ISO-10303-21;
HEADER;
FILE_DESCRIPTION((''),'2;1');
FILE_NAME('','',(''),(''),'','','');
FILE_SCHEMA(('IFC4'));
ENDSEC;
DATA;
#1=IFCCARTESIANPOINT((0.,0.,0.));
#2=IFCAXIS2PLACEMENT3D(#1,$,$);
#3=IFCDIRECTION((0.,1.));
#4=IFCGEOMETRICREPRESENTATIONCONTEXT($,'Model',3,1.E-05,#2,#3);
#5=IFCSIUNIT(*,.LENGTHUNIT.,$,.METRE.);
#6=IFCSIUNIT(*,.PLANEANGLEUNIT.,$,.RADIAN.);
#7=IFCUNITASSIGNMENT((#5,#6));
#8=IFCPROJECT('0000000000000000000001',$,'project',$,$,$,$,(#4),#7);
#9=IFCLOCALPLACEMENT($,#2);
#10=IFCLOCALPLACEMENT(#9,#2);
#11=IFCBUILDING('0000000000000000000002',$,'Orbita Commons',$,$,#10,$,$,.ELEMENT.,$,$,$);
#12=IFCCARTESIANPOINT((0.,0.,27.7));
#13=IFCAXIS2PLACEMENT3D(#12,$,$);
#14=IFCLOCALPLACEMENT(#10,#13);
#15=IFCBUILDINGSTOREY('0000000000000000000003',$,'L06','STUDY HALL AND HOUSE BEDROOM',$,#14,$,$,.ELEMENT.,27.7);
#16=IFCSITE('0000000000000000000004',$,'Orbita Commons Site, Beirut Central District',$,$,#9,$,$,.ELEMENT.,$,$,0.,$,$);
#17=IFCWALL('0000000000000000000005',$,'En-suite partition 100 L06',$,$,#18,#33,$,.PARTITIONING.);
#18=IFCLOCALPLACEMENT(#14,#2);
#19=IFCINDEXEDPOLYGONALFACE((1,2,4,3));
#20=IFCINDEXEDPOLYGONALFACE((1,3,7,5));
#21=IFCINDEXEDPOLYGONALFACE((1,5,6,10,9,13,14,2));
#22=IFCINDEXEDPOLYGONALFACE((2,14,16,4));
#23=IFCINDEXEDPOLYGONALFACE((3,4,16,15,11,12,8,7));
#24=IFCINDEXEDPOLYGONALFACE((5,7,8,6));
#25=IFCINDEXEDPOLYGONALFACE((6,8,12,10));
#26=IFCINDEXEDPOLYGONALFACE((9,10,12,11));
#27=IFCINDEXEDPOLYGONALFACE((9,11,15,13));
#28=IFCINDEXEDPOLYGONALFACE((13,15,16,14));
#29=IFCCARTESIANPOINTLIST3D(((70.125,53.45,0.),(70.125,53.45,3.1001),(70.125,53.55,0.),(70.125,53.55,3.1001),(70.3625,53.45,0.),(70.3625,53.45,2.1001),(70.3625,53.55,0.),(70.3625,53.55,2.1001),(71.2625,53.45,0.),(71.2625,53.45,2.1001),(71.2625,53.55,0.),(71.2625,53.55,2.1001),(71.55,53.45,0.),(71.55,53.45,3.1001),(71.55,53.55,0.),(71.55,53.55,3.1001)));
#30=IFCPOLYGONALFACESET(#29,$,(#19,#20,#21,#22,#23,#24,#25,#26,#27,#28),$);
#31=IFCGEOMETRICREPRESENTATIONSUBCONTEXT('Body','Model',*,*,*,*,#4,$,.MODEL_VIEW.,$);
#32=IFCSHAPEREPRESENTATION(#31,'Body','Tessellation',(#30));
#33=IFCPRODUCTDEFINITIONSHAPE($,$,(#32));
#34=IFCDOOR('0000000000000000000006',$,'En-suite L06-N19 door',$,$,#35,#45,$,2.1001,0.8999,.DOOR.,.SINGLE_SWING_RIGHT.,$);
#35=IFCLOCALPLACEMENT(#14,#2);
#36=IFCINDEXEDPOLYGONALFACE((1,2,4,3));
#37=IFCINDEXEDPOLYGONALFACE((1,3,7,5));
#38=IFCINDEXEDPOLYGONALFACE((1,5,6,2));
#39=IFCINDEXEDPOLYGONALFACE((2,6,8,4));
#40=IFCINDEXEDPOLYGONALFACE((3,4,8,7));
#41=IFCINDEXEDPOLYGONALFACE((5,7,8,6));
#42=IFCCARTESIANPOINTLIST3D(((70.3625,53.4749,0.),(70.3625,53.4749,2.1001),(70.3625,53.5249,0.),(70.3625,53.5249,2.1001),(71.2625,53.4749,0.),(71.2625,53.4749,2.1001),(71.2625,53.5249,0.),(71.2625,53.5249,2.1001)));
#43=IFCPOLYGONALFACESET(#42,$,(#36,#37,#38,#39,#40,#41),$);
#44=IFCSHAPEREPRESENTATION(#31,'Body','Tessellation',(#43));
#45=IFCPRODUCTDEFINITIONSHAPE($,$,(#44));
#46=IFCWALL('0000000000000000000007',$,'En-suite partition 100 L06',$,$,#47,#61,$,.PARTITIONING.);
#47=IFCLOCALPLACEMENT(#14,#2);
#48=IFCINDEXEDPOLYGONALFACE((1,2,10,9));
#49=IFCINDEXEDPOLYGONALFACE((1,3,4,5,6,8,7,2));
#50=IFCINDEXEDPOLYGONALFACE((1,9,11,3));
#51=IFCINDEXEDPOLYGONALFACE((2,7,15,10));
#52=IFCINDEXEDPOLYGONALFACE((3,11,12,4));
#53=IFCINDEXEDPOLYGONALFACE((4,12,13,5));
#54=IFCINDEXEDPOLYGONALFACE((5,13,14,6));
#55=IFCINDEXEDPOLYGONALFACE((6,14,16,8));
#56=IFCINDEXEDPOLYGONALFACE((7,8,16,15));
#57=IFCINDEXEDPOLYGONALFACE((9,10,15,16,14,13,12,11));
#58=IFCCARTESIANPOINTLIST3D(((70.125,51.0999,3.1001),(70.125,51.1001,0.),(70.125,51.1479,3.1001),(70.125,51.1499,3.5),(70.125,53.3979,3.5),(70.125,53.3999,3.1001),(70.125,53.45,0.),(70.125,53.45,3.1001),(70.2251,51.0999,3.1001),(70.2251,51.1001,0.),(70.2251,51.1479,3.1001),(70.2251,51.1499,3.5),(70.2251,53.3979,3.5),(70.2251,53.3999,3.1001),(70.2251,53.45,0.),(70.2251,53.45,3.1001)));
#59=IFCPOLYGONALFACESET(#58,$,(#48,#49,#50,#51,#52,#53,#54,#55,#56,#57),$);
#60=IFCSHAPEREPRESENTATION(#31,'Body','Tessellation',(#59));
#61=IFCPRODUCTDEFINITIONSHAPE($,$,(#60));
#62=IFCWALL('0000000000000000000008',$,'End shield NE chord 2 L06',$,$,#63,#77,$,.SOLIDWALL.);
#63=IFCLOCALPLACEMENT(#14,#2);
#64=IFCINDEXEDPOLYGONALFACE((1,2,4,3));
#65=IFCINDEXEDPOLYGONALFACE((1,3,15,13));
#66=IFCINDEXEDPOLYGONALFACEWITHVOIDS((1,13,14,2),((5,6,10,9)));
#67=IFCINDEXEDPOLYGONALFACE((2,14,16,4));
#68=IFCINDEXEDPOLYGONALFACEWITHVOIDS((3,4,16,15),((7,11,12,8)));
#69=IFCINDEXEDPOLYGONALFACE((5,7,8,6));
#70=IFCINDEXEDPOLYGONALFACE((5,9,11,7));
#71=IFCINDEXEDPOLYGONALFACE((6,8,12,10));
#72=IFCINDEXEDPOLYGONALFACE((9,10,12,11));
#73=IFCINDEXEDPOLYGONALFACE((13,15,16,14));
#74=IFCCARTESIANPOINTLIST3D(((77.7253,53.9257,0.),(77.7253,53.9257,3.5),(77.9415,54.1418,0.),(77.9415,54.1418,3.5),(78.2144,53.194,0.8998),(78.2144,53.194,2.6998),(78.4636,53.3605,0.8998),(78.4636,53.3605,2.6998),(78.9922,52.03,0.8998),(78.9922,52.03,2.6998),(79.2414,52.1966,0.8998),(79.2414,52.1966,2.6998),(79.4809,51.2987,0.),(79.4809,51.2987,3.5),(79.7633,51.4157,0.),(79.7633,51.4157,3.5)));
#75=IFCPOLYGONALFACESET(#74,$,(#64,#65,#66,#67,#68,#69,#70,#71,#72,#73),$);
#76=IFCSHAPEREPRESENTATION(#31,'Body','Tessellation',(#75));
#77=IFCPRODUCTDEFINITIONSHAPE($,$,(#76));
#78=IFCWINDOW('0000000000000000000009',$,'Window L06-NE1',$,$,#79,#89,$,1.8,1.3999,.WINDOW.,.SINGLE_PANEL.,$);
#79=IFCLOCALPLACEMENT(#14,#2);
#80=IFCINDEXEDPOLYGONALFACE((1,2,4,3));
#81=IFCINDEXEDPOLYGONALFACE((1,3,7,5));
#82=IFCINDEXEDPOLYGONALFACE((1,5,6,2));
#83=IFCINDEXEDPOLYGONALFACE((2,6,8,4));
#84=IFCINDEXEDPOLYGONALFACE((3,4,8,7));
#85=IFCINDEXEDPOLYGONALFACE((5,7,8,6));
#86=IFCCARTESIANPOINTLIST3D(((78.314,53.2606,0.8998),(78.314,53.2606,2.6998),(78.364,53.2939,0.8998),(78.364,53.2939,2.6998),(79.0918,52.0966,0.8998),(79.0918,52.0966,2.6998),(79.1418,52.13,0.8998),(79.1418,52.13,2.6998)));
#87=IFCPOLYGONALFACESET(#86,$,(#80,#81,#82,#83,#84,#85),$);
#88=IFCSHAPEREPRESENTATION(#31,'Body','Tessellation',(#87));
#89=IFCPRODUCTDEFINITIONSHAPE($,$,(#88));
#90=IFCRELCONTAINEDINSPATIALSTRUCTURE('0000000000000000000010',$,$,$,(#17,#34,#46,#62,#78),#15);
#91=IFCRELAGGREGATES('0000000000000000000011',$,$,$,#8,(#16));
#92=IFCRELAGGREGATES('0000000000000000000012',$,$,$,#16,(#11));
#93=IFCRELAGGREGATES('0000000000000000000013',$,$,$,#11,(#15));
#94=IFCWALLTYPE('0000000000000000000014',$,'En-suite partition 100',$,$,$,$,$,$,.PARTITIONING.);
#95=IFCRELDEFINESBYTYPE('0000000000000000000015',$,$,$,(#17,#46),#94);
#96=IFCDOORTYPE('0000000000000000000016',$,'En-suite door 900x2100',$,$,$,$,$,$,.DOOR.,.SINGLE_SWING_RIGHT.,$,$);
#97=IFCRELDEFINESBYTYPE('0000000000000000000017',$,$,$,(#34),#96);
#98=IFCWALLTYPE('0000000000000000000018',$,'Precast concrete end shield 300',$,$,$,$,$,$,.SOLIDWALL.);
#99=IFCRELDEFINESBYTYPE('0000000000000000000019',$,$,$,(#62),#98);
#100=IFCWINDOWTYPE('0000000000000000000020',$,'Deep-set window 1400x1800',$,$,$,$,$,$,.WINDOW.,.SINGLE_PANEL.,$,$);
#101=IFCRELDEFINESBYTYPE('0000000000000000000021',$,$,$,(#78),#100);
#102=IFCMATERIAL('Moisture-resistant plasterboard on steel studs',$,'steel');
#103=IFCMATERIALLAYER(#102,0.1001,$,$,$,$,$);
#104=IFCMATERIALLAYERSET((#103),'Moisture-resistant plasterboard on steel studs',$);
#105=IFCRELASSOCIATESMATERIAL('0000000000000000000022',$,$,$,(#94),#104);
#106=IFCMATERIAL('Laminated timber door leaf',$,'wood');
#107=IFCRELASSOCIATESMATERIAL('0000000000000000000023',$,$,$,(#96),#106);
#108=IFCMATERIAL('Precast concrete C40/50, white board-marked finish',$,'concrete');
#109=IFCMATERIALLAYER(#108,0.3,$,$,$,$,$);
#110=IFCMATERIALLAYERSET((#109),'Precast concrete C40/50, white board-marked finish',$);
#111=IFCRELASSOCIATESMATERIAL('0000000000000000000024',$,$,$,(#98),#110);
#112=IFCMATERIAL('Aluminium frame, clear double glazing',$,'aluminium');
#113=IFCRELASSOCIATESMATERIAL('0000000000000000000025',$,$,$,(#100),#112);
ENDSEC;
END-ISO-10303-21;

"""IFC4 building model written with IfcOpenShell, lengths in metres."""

from ifc_helpers import new_model, si_unit, direction, frame, frame_2d, origin, place, context, subcontext, project, spatial, polyline, rectangle, outline, extrude, material, layer, layer_set, type_object, element, fill, save


model = new_model("IFC4")

# Units and contexts
model_context = context("Model", 3, precision=1e-05, world=origin(), true_north=direction((0.0, 1.0)))
body_context = subcontext(model_context, "Body", "Model", "MODEL_VIEW")
ifc_project = project(units=[si_unit("LENGTHUNIT", "METRE"), si_unit("PLANEANGLEUNIT", "RADIAN")], contexts=[model_context])

# Site, building, storey
site_placement = place(None, origin())
site = spatial("IfcSite", under=ifc_project, at=site_placement, Name="Orbita Commons Site, Beirut Central District", CompositionType="ELEMENT", RefElevation=0.0)
building_placement = place(site_placement, origin())
building = spatial("IfcBuilding", under=site, at=building_placement, Name="Orbita Commons", CompositionType="ELEMENT")
storey_placement = place(building_placement, frame((0.0, 0.0, 27.7)))
storey = spatial("IfcBuildingStorey", under=building, at=storey_placement, Name="L06", Description="STUDY HALL AND HOUSE BEDROOM", CompositionType="ELEMENT", Elevation=27.7)

# Shared definitions
ifc_material_1 = material(Name="Moisture-resistant plasterboard on steel studs", Category="steel")
ifc_layer_1 = layer(ifc_material_1, 0.1001)
ifc_layer_set_1 = layer_set([ifc_layer_1], Name="Moisture-resistant plasterboard on steel studs")
wall_type_1 = type_object("IfcWallType", Name="En-suite partition 100", PredefinedType="PARTITIONING", material=ifc_layer_set_1)
ifc_material_2 = material(Name="Laminated timber door leaf", Category="wood")
door_type_1 = type_object("IfcDoorType", Name="En-suite door 900x2100", OperationType="SINGLE_SWING_RIGHT", PredefinedType="DOOR", material=ifc_material_2)

# Wall, opening, door
wall_1_placement = place(storey_placement, frame((70.125, 53.5, 0.0), z_axis=(0.0, 0.0, 1.0), x_axis=(1.0, 0.0, 0.0)))
wall_1 = element("IfcWall", 1, at=wall_1_placement, inside=storey, type_object=wall_type_1, Name="En-suite partition 100 L06", PredefinedType="PARTITIONING", context=body_context, shape_type="SweptSolid", body=[
    extrude(outline(polyline([(0.0, 0.0), (1.425, 0.0), (1.425, 3.1001), (0.0, 3.1001), (0.0, 0.0)])), frame((0.0, 0.05, 0.0), z_axis=(0.0, -1.0, 0.0), x_axis=(1.0, 0.0, 0.0)), (0.0, 0.0, 1.0), 0.1001),
])
opening_1_placement = place(wall_1_placement, frame((0.2375, 0.0, 0.0)))
opening_1 = element("IfcOpeningElement", 2, at=opening_1_placement, cuts=wall_1, PredefinedType="OPENING", context=body_context, shape_type="SweptSolid", body=[
    extrude(rectangle(XDim=0.8999, YDim=2.1001, at=frame_2d((0.45, 1.05))), frame((0.0, 0.0601, 0.0), z_axis=(0.0, -1.0, 0.0), x_axis=(1.0, 0.0, 0.0)), (0.0, 0.0, 1.0), 0.1201),
])
door_1_placement = place(opening_1_placement, origin())
door_1 = element("IfcDoor", 3, at=door_1_placement, inside=storey, type_object=door_type_1, Name="En-suite L06-N19 door", OperationType="SINGLE_SWING_RIGHT", OverallHeight=2.1001, OverallWidth=0.8999, PredefinedType="DOOR", context=body_context, shape_type="SweptSolid", body=[
    extrude(rectangle(XDim=0.8999, YDim=2.1001, at=frame_2d((0.45, 1.05))), frame((0.0, 0.0249, 0.0), z_axis=(0.0, -1.0, 0.0), x_axis=(1.0, 0.0, 0.0)), (0.0, 0.0, 1.0), 0.05),
])
fill(opening_1, door_1)

# Wall
wall_2_placement = place(storey_placement, frame((70.175, 53.45, 0.0), z_axis=(0.0, 0.0, 1.0), x_axis=(0.0, -1.0, 0.0)))
element("IfcWall", 4, at=wall_2_placement, inside=storey, type_object=wall_type_1, Name="En-suite partition 100 L06", PredefinedType="PARTITIONING", context=body_context, shape_type="SweptSolid", body=[
    extrude(outline(polyline([(0.0, 0.0), (2.3499, 0.0), (2.3501, 3.1001), (2.302, 3.1001), (2.3, 3.5), (0.052, 3.5), (0.05, 3.1001), (0.0, 3.1001), (0.0, 0.0)])), frame((0.0, 0.05, 0.0), z_axis=(0.0, -1.0, 0.0), x_axis=(1.0, 0.0, 0.0)), (0.0, 0.0, 1.0), 0.1001),
])

# Wall, opening, window
ifc_material_3 = material(Name="Precast concrete C40/50, white board-marked finish", Category="concrete")
ifc_layer_2 = layer(ifc_material_3, 0.3)
ifc_layer_set_2 = layer_set([ifc_layer_2], Name="Precast concrete C40/50, white board-marked finish")
wall_type_2 = type_object("IfcWallType", Name="Precast concrete end shield 300", PredefinedType="SOLIDWALL", material=ifc_layer_set_2)
wall_3_placement = place(storey_placement, frame((79.6221, 51.3572, 0.0), z_axis=(0.0, 0.0, 1.0), x_axis=(-0.55561, 0.831443, 0.0)))
wall_3 = element("IfcWall", 5, at=wall_3_placement, inside=storey, type_object=wall_type_2, Name="End shield NE chord 2 L06", PredefinedType="SOLIDWALL", context=body_context, shape_type="SweptSolid", body=[
    extrude(outline(polyline([(-0.0298, -0.1499), (3.249, -0.1499), (3.1895, 0.1499), (0.0298, 0.1499), (-0.0298, -0.1499)])), origin(), (0.0, 0.0, 1.0), 3.5),
])
opening_2_placement = place(wall_3_placement, frame((0.9094, 0.0, 0.8999)))
opening_2 = element("IfcOpeningElement", 6, at=opening_2_placement, cuts=wall_3, PredefinedType="OPENING", context=body_context, shape_type="SweptSolid", body=[
    extrude(rectangle(XDim=1.3999, YDim=1.8, at=frame_2d((0.7, 0.8999))), frame((0.0, 0.1599, 0.0), z_axis=(0.0, -1.0, 0.0), x_axis=(1.0, 0.0, 0.0)), (0.0, 0.0, 1.0), 0.3201),
])
ifc_material_4 = material(Name="Aluminium frame, clear double glazing", Category="aluminium")
window_type = type_object("IfcWindowType", Name="Deep-set window 1400x1800", PartitioningType="SINGLE_PANEL", PredefinedType="WINDOW", material=ifc_material_4)
window_placement = place(opening_2_placement, origin())
window = element("IfcWindow", 7, at=window_placement, inside=storey, type_object=window_type, Name="Window L06-NE1", OverallHeight=1.8, OverallWidth=1.3999, PartitioningType="SINGLE_PANEL", PredefinedType="WINDOW", context=body_context, shape_type="SweptSolid", body=[
    extrude(rectangle(XDim=1.3999, YDim=1.8, at=frame_2d((0.7, 0.8999))), frame((0.0, 0.03, 0.0), z_axis=(0.0, -1.0, 0.0), x_axis=(1.0, 0.0, 0.0)), (0.0, 0.0, 1.0), 0.0601),
])
fill(opening_2, window)

save(model, "model.ifc")
